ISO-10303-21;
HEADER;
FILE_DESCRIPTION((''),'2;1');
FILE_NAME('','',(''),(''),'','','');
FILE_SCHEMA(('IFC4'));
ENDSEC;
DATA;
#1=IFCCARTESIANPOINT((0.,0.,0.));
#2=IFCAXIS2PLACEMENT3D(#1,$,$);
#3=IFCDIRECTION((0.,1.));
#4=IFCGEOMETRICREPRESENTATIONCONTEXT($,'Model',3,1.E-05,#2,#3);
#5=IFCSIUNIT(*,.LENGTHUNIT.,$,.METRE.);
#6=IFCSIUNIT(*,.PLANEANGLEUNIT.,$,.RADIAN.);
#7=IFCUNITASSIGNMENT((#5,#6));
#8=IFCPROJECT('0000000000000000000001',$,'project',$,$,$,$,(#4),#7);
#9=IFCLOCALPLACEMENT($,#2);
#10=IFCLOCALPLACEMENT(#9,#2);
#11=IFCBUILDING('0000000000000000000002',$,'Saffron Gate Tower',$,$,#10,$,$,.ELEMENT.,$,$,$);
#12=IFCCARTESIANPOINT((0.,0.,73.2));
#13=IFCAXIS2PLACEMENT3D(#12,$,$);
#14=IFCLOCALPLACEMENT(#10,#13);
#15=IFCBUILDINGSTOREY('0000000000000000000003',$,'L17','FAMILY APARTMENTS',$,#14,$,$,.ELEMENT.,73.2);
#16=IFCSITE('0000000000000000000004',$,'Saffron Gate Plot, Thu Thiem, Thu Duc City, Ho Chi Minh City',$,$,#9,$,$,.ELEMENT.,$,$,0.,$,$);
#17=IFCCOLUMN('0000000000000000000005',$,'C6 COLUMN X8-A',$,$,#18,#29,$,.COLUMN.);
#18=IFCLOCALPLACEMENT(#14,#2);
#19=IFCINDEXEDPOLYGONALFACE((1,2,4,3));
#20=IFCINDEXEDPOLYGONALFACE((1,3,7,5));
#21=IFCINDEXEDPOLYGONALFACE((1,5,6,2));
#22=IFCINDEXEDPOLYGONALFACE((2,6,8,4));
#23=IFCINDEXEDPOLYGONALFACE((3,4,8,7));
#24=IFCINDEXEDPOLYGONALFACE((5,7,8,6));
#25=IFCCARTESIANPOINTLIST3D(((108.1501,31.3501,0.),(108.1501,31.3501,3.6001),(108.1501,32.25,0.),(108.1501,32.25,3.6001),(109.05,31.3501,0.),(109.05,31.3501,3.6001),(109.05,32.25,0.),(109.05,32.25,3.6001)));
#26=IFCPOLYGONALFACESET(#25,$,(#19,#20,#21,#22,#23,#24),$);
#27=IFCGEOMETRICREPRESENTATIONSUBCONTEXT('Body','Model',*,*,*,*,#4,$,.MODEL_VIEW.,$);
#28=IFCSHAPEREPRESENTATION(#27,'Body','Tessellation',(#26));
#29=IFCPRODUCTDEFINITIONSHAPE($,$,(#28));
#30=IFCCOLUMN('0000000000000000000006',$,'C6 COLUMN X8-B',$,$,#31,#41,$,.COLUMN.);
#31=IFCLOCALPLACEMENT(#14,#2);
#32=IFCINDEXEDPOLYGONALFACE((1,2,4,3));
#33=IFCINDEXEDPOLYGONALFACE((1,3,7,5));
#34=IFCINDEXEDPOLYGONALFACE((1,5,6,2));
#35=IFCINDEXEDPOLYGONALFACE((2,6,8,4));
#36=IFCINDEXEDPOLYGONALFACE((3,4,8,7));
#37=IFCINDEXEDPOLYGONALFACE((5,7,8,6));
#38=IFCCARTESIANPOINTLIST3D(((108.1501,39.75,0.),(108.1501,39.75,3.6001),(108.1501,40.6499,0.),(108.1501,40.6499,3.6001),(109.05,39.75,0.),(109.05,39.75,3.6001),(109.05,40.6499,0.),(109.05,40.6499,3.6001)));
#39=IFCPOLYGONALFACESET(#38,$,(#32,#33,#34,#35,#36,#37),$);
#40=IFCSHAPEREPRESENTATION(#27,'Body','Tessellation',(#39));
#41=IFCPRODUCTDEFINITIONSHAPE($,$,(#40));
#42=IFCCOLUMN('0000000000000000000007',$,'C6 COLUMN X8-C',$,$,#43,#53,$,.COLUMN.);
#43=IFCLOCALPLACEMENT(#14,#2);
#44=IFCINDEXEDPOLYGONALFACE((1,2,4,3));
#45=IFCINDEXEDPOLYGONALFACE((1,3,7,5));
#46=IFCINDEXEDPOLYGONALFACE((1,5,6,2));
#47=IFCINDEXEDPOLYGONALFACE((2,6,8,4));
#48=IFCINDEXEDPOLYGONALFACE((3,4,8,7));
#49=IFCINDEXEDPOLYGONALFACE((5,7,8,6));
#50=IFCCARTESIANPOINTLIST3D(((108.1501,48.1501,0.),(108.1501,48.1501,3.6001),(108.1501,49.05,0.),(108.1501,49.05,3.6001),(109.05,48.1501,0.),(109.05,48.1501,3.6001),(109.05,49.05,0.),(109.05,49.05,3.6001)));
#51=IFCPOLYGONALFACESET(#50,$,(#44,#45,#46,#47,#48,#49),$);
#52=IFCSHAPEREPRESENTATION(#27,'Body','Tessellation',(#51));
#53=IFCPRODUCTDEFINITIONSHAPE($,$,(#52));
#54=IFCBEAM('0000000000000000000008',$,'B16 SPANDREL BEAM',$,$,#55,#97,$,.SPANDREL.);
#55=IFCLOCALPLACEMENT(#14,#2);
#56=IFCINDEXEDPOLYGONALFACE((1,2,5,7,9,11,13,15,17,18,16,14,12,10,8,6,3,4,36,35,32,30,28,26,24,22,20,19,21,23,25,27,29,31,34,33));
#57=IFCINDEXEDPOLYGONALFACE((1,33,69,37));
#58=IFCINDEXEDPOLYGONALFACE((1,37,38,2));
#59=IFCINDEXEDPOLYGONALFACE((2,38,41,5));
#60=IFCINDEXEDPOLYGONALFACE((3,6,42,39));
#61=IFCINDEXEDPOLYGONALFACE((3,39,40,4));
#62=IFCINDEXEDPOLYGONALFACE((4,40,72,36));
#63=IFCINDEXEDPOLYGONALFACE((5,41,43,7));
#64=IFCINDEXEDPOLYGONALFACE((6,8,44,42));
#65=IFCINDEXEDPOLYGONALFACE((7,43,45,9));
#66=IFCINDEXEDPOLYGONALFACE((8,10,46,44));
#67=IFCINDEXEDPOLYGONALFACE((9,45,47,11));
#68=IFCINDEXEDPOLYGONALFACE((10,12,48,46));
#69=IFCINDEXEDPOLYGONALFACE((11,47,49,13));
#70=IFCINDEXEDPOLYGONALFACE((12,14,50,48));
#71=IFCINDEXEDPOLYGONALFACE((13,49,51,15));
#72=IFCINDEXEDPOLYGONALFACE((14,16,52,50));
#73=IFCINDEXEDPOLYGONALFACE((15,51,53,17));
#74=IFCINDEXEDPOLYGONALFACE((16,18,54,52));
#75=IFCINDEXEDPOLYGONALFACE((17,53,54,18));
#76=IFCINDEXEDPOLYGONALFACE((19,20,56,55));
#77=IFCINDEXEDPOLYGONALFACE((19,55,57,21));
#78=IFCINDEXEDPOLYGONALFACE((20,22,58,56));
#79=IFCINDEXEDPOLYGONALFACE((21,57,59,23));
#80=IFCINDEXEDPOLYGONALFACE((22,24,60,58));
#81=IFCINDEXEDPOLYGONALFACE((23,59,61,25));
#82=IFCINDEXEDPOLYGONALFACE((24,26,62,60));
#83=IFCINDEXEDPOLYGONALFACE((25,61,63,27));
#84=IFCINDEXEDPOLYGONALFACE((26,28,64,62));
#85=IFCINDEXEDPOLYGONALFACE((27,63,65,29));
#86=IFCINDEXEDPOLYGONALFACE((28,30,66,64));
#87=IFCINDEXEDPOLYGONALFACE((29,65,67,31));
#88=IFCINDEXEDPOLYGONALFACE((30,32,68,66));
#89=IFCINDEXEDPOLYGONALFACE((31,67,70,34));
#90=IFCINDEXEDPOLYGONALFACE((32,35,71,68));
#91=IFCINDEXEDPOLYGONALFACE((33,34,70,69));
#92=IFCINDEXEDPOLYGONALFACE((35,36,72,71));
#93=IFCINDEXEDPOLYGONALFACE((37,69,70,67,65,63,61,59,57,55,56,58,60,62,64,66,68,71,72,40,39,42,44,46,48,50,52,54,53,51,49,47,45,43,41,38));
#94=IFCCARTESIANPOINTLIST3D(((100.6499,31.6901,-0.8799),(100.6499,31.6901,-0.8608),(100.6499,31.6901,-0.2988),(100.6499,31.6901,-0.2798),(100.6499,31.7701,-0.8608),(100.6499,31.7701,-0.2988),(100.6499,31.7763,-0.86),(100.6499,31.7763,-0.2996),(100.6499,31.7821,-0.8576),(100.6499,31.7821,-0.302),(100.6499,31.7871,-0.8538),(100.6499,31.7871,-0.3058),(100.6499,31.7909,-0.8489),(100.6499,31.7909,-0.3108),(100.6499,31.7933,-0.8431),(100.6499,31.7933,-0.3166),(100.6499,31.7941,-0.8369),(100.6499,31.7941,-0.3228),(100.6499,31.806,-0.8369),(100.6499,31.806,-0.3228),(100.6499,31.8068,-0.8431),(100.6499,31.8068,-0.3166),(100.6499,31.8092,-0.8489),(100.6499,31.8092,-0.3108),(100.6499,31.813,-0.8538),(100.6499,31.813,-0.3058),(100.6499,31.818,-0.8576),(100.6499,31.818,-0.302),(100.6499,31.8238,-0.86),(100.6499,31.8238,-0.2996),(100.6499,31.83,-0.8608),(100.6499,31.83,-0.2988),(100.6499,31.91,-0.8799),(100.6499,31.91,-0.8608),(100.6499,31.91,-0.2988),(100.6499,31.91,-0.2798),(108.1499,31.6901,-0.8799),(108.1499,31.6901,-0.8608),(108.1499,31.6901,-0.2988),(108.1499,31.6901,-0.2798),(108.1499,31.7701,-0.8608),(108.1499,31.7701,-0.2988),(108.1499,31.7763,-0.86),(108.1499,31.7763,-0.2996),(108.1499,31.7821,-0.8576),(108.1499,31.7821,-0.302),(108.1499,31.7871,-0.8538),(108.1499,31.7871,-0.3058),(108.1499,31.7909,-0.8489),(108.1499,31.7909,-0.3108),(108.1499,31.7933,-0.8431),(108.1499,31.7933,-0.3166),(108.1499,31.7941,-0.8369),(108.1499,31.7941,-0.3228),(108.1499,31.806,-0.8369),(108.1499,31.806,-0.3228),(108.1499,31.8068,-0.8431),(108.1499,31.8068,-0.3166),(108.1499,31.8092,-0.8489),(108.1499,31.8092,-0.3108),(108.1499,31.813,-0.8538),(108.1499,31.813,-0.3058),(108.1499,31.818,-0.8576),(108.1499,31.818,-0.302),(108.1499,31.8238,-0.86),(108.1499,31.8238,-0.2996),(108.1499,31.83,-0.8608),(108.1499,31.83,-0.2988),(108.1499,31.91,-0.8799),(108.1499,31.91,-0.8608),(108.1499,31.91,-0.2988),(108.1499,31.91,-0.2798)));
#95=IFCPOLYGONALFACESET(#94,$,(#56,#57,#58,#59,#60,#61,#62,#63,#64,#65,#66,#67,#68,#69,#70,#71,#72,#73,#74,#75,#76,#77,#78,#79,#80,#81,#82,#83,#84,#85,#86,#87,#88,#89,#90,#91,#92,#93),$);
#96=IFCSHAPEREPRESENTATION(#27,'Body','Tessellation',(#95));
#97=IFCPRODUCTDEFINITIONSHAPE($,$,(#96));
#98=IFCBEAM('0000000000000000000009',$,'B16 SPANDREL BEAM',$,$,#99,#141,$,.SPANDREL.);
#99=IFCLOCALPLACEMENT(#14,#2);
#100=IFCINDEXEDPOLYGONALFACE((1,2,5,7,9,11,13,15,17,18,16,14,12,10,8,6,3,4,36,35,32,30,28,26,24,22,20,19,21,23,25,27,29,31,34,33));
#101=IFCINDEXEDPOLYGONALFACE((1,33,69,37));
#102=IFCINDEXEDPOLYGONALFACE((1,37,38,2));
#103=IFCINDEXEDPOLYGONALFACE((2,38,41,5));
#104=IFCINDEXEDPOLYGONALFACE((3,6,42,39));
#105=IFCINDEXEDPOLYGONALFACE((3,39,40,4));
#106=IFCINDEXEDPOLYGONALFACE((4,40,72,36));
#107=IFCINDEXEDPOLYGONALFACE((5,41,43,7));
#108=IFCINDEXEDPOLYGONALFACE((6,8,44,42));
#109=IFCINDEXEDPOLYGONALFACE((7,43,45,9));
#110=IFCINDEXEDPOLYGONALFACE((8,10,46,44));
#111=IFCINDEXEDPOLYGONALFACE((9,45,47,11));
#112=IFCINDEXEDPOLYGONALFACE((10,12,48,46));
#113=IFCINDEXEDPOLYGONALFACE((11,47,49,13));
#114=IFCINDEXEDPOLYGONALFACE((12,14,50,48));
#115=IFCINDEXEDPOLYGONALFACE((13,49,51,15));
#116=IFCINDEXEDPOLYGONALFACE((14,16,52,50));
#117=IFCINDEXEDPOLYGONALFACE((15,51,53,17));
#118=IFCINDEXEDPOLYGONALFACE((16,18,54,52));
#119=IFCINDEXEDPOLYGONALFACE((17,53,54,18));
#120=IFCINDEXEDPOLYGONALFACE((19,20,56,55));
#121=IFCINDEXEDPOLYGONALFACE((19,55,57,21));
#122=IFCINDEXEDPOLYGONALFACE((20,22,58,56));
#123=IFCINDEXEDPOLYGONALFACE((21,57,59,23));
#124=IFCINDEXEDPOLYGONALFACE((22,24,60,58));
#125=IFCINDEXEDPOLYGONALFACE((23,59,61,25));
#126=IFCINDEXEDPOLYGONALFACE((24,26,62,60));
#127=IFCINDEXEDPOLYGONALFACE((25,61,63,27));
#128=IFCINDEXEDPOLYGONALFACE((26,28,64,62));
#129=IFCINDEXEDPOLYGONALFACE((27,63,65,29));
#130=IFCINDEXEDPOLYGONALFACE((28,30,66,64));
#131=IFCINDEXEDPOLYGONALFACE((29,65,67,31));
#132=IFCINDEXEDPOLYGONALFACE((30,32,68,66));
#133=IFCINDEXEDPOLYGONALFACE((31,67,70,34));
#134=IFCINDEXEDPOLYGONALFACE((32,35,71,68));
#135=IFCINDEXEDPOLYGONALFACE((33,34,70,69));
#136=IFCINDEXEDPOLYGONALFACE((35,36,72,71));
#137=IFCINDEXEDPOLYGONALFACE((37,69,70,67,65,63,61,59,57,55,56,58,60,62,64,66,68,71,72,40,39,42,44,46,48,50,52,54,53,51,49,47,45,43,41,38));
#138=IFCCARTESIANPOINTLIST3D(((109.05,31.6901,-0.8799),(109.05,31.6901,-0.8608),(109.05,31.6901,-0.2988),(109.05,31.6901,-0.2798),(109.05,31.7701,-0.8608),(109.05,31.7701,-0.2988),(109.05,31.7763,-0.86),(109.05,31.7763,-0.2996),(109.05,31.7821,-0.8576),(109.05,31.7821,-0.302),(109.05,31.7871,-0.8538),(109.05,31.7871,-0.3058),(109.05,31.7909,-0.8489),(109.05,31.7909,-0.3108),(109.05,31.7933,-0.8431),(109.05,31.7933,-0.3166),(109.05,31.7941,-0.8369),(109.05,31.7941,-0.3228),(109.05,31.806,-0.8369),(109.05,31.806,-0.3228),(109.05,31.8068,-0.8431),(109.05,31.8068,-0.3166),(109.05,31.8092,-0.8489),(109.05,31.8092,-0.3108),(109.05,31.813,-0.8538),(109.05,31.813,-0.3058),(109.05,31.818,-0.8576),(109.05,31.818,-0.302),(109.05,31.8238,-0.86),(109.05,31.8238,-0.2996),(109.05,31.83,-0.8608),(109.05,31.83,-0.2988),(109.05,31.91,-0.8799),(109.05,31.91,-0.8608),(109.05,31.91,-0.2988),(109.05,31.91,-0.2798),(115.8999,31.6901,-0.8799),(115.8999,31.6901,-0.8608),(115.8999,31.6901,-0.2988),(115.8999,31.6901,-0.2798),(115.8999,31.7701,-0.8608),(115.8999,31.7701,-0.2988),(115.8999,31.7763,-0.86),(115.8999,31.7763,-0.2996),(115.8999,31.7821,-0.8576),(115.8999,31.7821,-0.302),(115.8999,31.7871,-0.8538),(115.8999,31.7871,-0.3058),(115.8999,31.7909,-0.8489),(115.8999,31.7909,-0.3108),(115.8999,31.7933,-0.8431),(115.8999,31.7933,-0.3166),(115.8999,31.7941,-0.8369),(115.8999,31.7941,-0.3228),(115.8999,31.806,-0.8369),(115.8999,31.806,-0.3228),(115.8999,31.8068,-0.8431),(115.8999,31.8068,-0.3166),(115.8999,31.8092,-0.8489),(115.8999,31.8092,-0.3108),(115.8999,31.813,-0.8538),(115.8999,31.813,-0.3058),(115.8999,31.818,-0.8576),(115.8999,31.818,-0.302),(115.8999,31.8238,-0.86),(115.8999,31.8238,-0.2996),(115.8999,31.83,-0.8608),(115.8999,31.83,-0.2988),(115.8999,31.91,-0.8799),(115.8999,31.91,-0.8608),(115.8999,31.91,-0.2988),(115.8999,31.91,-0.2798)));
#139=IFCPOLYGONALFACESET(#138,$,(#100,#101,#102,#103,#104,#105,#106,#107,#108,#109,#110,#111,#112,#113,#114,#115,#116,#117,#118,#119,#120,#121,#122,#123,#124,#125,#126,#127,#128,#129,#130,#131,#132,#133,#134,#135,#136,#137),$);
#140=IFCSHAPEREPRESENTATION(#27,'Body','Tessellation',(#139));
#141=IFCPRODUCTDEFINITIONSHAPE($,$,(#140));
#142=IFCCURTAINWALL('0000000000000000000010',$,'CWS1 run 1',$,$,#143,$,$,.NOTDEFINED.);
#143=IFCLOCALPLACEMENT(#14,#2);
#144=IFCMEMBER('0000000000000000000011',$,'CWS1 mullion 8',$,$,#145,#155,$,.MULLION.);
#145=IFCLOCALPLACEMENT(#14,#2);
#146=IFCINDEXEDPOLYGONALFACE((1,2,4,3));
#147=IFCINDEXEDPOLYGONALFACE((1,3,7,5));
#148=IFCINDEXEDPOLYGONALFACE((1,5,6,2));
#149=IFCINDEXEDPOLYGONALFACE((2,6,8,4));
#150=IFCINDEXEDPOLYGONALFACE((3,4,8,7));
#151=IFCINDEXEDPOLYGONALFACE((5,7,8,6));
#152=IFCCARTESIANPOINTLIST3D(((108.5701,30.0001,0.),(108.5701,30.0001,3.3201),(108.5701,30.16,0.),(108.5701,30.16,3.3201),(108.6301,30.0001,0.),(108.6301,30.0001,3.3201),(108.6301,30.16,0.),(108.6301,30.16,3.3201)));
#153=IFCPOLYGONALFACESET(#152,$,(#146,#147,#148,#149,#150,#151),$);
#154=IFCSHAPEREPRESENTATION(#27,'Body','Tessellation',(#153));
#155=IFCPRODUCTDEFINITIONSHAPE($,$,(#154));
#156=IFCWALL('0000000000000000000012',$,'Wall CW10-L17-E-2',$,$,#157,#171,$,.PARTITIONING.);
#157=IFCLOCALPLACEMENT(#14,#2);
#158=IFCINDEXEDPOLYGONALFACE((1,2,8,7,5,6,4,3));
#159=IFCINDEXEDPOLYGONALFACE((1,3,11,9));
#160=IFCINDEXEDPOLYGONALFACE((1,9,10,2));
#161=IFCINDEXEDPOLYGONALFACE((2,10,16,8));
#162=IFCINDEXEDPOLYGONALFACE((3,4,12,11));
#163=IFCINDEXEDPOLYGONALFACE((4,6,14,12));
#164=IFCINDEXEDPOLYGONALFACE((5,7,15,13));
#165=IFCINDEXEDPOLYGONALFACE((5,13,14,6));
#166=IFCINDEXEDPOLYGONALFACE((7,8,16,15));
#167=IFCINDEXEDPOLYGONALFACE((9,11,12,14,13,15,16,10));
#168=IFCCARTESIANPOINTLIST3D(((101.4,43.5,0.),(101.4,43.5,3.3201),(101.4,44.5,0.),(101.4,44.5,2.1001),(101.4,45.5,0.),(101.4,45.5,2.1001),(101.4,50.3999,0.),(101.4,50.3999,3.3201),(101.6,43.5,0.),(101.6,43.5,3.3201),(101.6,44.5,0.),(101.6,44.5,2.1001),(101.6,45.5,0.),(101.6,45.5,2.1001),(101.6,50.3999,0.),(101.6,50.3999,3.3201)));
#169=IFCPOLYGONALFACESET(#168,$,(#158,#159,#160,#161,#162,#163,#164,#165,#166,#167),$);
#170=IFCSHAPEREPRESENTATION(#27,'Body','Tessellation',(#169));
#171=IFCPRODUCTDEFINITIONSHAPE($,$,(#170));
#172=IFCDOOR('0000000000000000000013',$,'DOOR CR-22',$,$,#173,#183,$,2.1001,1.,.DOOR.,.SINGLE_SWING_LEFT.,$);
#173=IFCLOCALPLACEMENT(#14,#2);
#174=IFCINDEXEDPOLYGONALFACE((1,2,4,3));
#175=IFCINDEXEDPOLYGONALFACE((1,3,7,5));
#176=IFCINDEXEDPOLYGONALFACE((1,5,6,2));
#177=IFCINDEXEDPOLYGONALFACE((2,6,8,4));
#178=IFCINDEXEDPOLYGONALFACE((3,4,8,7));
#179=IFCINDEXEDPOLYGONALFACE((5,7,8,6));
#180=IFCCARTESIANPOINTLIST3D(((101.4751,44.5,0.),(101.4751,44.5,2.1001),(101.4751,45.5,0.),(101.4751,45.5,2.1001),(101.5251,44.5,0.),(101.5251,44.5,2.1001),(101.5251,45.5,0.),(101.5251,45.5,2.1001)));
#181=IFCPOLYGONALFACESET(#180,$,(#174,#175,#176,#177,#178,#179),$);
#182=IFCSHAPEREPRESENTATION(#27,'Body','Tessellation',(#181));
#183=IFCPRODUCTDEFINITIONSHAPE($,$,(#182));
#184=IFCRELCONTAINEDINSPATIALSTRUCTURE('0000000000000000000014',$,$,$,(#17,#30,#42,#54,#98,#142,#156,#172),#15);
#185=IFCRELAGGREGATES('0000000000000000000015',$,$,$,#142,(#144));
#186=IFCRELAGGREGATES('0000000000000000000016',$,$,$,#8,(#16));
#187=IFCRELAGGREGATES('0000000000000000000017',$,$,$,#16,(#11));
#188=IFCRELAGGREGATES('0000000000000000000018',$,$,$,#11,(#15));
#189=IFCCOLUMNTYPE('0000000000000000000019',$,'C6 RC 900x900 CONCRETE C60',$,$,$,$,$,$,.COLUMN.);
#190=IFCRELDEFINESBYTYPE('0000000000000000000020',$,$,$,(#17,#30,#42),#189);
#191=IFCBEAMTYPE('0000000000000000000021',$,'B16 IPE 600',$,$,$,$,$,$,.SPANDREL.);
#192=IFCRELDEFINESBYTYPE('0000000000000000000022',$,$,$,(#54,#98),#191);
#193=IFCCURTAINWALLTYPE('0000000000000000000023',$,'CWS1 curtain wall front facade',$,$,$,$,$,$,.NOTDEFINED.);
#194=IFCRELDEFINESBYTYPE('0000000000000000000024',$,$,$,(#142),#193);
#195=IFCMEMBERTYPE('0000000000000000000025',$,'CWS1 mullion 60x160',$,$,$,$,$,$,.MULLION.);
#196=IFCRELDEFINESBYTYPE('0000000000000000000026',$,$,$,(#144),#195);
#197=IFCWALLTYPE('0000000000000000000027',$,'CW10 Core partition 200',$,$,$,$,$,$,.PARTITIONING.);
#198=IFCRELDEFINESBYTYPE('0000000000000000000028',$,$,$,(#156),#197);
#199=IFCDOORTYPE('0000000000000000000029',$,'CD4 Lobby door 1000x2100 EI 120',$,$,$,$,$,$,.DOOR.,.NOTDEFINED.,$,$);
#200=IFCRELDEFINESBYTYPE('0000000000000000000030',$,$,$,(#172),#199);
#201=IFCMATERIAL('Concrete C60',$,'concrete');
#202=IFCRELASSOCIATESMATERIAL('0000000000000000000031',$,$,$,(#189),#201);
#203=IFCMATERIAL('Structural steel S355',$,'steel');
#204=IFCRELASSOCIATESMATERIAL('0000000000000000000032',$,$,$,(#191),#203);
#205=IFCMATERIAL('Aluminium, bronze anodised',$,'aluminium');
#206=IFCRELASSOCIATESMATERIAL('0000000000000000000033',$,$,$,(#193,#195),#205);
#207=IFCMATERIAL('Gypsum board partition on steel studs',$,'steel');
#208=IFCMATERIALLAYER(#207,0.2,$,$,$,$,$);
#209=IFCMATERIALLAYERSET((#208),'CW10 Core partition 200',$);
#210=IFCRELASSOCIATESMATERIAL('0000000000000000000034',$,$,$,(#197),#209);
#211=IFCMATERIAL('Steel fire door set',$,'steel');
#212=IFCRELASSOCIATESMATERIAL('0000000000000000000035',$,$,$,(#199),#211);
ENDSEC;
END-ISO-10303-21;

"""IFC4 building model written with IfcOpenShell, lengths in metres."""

from ifc_helpers import new_model, si_unit, direction, frame, frame_2d, origin, origin_2d, place, context, subcontext, project, spatial, rectangle, i_section, extrude, material, layer, layer_set, material_profile, profile_set, type_object, element, fill, aggregate, save


model = new_model("IFC4")

# Units and contexts
model_context = context("Model", 3, precision=1e-05, world=origin(), true_north=direction((0.0, 1.0)))
body_context = subcontext(model_context, "Body", "Model", "MODEL_VIEW")
ifc_project = project(units=[si_unit("LENGTHUNIT", "METRE"), si_unit("PLANEANGLEUNIT", "RADIAN")], contexts=[model_context])

# Site, building, storey
site_placement = place(None, origin())
site = spatial("IfcSite", under=ifc_project, at=site_placement, Name="Saffron Gate Plot, Thu Thiem, Thu Duc City, Ho Chi Minh City", CompositionType="ELEMENT", RefElevation=0.0)
building_placement = place(site_placement, origin())
building = spatial("IfcBuilding", under=site, at=building_placement, Name="Saffron Gate Tower", CompositionType="ELEMENT")
storey_placement = place(building_placement, frame((0.0, 0.0, 73.2)))
storey = spatial("IfcBuildingStorey", under=building, at=storey_placement, Name="L17", Description="FAMILY APARTMENTS", CompositionType="ELEMENT", Elevation=73.2)

# Columns
ifc_material_1 = material(Name="Concrete C60", Category="concrete")
ifc_material_profile_1 = material_profile(ifc_material_1, rectangle(XDim=0.8999, YDim=0.8999, at=origin_2d()))
ifc_profile_set_1 = profile_set([ifc_material_profile_1], Name="Concrete C60")
column_type = type_object("IfcColumnType", Name="C6 RC 900x900 CONCRETE C60", PredefinedType="COLUMN", material=ifc_profile_set_1)
for number, where, z_axis, x_axis, name in (
    (1, (108.6001, 31.8, 0.0), (0.0, 0.0, 1.0), (1.0, 0.0, 0.0), "C6 COLUMN X8-A"),
    (2, (108.6001, 40.2, 0.0), (0.0, 0.0, 1.0), (1.0, 0.0, 0.0), "C6 COLUMN X8-B"),
    (3, (108.6001, 48.6001, 0.0), (0.0, 0.0, 1.0), (1.0, 0.0, 0.0), "C6 COLUMN X8-C"),
):
    element("IfcColumn", number, at=place(storey_placement, frame(where, z_axis=z_axis, x_axis=x_axis)), inside=storey, type_object=column_type, Name=name, PredefinedType="COLUMN", context=body_context, shape_type="SweptSolid", body=[
        extrude(rectangle(XDim=0.8999, YDim=0.8999, at=origin_2d()), origin(), (0.0, 0.0, 1.0), 3.6001),
    ])

# Beams
ifc_material_2 = material(Name="Structural steel S355", Category="steel")
ifc_material_profile_2 = material_profile(ifc_material_2, i_section(OverallWidth=0.22, OverallDepth=0.6001, WebThickness=0.012, FlangeThickness=0.019, FilletRadius=0.0239, at=origin_2d()))
ifc_profile_set_2 = profile_set([ifc_material_profile_2], Name="Structural steel S355")
beam_type = type_object("IfcBeamType", Name="B16 IPE 600", PredefinedType="SPANDREL", material=ifc_profile_set_2)
beam_1_placement = place(storey_placement, frame((100.6499, 31.8, -0.5798), z_axis=(1.0, 0.0, 0.0), x_axis=(0.0, 1.0, 0.0)))
element("IfcBeam", 4, at=beam_1_placement, inside=storey, type_object=beam_type, Name="B16 SPANDREL BEAM", PredefinedType="SPANDREL", context=body_context, shape_type="SweptSolid", body=[
    extrude(i_section(OverallWidth=0.22, OverallDepth=0.6001, WebThickness=0.012, FlangeThickness=0.019, FilletRadius=0.0239, at=origin_2d()), origin(), (0.0, 0.0, 1.0), 7.5),
])
beam_2_placement = place(storey_placement, frame((109.05, 31.8, -0.5798), z_axis=(1.0, 0.0, 0.0), x_axis=(0.0, 1.0, 0.0)))
element("IfcBeam", 5, at=beam_2_placement, inside=storey, type_object=beam_type, Name="B16 SPANDREL BEAM", PredefinedType="SPANDREL", context=body_context, shape_type="SweptSolid", body=[
    extrude(i_section(OverallWidth=0.22, OverallDepth=0.6001, WebThickness=0.012, FlangeThickness=0.019, FilletRadius=0.0239, at=origin_2d()), origin(), (0.0, 0.0, 1.0), 6.8499),
])

# Curtain wall, member
ifc_material_3 = material(Name="Aluminium, bronze anodised", Category="aluminium")
curtain_wall_type = type_object("IfcCurtainWallType", Name="CWS1 curtain wall front facade", PredefinedType="NOTDEFINED", material=ifc_material_3)
curtain_wall_placement = place(storey_placement, origin())
curtain_wall = element("IfcCurtainWall", 6, at=curtain_wall_placement, inside=storey, type_object=curtain_wall_type, Name="CWS1 run 1", PredefinedType="NOTDEFINED")
ifc_material_profile_3 = material_profile(ifc_material_3, rectangle(XDim=0.1599, YDim=0.0601, at=origin_2d()))
ifc_profile_set_3 = profile_set([ifc_material_profile_3], Name="Aluminium, bronze anodised")
member_type = type_object("IfcMemberType", Name="CWS1 mullion 60x160", PredefinedType="MULLION", material=ifc_profile_set_3)
member_placement = place(storey_placement, frame((108.6001, 30.0801, 0.0), z_axis=(0.0, 0.0, 1.0), x_axis=(0.0, 1.0, 0.0)))
member = element("IfcMember", 7, at=member_placement, type_object=member_type, Name="CWS1 mullion 8", PredefinedType="MULLION", context=body_context, shape_type="SweptSolid", body=[
    extrude(rectangle(XDim=0.1599, YDim=0.0601, at=origin_2d()), origin(), (0.0, 0.0, 1.0), 3.3201),
])
aggregate(curtain_wall, [member])

# Wall, opening, door
ifc_material_4 = material(Name="Gypsum board partition on steel studs", Category="steel")
ifc_layer_1 = layer(ifc_material_4, 0.2)
ifc_layer_set_1 = layer_set([ifc_layer_1], Name="CW10 Core partition 200")
wall_type_1 = type_object("IfcWallType", Name="CW10 Core partition 200", PredefinedType="PARTITIONING", material=ifc_layer_set_1)
wall_1_placement = place(storey_placement, frame((101.5, 43.5, 0.0), z_axis=(0.0, 0.0, 1.0), x_axis=(0.0, 1.0, 0.0)))
wall_1 = element("IfcWall", 8, at=wall_1_placement, inside=storey, type_object=wall_type_1, Name="Wall CW10-L17-E-2", PredefinedType="PARTITIONING", context=body_context, shape_type="SweptSolid", body=[
    extrude(rectangle(XDim=6.8999, YDim=0.2, at=frame_2d((3.45, 0.0))), origin(), (0.0, 0.0, 1.0), 3.3201),
])
opening_1_placement = place(wall_1_placement, frame((1.0, 0.0, 0.0)))
opening_1 = element("IfcOpeningElement", 9, at=opening_1_placement, cuts=wall_1, PredefinedType="OPENING", context=body_context, shape_type="SweptSolid", body=[
    extrude(rectangle(XDim=1.0, YDim=2.1001, at=frame_2d((0.5, 1.05))), frame((0.0, 0.1099, 0.0), z_axis=(0.0, -1.0, 0.0), x_axis=(1.0, 0.0, 0.0)), (0.0, 0.0, 1.0), 0.22),
])
ifc_material_5 = material(Name="Steel fire door set", Category="steel")
door_type_1 = type_object("IfcDoorType", Name="CD4 Lobby door 1000x2100 EI 120", OperationType="NOTDEFINED", PredefinedType="DOOR", material=ifc_material_5)
door_1_placement = place(opening_1_placement, origin())
door_1 = element("IfcDoor", 10, at=door_1_placement, inside=storey, type_object=door_type_1, Name="DOOR CR-22", OperationType="SINGLE_SWING_LEFT", OverallHeight=2.1001, OverallWidth=1.0, PredefinedType="DOOR", context=body_context, shape_type="SweptSolid", body=[
    extrude(rectangle(XDim=1.0, YDim=2.1001, at=frame_2d((0.5, 1.05))), frame((0.0, 0.0249, 0.0), z_axis=(0.0, -1.0, 0.0), x_axis=(1.0, 0.0, 0.0)), (0.0, 0.0, 1.0), 0.05),
])
fill(opening_1, door_1)

save(model, "model.ifc")
